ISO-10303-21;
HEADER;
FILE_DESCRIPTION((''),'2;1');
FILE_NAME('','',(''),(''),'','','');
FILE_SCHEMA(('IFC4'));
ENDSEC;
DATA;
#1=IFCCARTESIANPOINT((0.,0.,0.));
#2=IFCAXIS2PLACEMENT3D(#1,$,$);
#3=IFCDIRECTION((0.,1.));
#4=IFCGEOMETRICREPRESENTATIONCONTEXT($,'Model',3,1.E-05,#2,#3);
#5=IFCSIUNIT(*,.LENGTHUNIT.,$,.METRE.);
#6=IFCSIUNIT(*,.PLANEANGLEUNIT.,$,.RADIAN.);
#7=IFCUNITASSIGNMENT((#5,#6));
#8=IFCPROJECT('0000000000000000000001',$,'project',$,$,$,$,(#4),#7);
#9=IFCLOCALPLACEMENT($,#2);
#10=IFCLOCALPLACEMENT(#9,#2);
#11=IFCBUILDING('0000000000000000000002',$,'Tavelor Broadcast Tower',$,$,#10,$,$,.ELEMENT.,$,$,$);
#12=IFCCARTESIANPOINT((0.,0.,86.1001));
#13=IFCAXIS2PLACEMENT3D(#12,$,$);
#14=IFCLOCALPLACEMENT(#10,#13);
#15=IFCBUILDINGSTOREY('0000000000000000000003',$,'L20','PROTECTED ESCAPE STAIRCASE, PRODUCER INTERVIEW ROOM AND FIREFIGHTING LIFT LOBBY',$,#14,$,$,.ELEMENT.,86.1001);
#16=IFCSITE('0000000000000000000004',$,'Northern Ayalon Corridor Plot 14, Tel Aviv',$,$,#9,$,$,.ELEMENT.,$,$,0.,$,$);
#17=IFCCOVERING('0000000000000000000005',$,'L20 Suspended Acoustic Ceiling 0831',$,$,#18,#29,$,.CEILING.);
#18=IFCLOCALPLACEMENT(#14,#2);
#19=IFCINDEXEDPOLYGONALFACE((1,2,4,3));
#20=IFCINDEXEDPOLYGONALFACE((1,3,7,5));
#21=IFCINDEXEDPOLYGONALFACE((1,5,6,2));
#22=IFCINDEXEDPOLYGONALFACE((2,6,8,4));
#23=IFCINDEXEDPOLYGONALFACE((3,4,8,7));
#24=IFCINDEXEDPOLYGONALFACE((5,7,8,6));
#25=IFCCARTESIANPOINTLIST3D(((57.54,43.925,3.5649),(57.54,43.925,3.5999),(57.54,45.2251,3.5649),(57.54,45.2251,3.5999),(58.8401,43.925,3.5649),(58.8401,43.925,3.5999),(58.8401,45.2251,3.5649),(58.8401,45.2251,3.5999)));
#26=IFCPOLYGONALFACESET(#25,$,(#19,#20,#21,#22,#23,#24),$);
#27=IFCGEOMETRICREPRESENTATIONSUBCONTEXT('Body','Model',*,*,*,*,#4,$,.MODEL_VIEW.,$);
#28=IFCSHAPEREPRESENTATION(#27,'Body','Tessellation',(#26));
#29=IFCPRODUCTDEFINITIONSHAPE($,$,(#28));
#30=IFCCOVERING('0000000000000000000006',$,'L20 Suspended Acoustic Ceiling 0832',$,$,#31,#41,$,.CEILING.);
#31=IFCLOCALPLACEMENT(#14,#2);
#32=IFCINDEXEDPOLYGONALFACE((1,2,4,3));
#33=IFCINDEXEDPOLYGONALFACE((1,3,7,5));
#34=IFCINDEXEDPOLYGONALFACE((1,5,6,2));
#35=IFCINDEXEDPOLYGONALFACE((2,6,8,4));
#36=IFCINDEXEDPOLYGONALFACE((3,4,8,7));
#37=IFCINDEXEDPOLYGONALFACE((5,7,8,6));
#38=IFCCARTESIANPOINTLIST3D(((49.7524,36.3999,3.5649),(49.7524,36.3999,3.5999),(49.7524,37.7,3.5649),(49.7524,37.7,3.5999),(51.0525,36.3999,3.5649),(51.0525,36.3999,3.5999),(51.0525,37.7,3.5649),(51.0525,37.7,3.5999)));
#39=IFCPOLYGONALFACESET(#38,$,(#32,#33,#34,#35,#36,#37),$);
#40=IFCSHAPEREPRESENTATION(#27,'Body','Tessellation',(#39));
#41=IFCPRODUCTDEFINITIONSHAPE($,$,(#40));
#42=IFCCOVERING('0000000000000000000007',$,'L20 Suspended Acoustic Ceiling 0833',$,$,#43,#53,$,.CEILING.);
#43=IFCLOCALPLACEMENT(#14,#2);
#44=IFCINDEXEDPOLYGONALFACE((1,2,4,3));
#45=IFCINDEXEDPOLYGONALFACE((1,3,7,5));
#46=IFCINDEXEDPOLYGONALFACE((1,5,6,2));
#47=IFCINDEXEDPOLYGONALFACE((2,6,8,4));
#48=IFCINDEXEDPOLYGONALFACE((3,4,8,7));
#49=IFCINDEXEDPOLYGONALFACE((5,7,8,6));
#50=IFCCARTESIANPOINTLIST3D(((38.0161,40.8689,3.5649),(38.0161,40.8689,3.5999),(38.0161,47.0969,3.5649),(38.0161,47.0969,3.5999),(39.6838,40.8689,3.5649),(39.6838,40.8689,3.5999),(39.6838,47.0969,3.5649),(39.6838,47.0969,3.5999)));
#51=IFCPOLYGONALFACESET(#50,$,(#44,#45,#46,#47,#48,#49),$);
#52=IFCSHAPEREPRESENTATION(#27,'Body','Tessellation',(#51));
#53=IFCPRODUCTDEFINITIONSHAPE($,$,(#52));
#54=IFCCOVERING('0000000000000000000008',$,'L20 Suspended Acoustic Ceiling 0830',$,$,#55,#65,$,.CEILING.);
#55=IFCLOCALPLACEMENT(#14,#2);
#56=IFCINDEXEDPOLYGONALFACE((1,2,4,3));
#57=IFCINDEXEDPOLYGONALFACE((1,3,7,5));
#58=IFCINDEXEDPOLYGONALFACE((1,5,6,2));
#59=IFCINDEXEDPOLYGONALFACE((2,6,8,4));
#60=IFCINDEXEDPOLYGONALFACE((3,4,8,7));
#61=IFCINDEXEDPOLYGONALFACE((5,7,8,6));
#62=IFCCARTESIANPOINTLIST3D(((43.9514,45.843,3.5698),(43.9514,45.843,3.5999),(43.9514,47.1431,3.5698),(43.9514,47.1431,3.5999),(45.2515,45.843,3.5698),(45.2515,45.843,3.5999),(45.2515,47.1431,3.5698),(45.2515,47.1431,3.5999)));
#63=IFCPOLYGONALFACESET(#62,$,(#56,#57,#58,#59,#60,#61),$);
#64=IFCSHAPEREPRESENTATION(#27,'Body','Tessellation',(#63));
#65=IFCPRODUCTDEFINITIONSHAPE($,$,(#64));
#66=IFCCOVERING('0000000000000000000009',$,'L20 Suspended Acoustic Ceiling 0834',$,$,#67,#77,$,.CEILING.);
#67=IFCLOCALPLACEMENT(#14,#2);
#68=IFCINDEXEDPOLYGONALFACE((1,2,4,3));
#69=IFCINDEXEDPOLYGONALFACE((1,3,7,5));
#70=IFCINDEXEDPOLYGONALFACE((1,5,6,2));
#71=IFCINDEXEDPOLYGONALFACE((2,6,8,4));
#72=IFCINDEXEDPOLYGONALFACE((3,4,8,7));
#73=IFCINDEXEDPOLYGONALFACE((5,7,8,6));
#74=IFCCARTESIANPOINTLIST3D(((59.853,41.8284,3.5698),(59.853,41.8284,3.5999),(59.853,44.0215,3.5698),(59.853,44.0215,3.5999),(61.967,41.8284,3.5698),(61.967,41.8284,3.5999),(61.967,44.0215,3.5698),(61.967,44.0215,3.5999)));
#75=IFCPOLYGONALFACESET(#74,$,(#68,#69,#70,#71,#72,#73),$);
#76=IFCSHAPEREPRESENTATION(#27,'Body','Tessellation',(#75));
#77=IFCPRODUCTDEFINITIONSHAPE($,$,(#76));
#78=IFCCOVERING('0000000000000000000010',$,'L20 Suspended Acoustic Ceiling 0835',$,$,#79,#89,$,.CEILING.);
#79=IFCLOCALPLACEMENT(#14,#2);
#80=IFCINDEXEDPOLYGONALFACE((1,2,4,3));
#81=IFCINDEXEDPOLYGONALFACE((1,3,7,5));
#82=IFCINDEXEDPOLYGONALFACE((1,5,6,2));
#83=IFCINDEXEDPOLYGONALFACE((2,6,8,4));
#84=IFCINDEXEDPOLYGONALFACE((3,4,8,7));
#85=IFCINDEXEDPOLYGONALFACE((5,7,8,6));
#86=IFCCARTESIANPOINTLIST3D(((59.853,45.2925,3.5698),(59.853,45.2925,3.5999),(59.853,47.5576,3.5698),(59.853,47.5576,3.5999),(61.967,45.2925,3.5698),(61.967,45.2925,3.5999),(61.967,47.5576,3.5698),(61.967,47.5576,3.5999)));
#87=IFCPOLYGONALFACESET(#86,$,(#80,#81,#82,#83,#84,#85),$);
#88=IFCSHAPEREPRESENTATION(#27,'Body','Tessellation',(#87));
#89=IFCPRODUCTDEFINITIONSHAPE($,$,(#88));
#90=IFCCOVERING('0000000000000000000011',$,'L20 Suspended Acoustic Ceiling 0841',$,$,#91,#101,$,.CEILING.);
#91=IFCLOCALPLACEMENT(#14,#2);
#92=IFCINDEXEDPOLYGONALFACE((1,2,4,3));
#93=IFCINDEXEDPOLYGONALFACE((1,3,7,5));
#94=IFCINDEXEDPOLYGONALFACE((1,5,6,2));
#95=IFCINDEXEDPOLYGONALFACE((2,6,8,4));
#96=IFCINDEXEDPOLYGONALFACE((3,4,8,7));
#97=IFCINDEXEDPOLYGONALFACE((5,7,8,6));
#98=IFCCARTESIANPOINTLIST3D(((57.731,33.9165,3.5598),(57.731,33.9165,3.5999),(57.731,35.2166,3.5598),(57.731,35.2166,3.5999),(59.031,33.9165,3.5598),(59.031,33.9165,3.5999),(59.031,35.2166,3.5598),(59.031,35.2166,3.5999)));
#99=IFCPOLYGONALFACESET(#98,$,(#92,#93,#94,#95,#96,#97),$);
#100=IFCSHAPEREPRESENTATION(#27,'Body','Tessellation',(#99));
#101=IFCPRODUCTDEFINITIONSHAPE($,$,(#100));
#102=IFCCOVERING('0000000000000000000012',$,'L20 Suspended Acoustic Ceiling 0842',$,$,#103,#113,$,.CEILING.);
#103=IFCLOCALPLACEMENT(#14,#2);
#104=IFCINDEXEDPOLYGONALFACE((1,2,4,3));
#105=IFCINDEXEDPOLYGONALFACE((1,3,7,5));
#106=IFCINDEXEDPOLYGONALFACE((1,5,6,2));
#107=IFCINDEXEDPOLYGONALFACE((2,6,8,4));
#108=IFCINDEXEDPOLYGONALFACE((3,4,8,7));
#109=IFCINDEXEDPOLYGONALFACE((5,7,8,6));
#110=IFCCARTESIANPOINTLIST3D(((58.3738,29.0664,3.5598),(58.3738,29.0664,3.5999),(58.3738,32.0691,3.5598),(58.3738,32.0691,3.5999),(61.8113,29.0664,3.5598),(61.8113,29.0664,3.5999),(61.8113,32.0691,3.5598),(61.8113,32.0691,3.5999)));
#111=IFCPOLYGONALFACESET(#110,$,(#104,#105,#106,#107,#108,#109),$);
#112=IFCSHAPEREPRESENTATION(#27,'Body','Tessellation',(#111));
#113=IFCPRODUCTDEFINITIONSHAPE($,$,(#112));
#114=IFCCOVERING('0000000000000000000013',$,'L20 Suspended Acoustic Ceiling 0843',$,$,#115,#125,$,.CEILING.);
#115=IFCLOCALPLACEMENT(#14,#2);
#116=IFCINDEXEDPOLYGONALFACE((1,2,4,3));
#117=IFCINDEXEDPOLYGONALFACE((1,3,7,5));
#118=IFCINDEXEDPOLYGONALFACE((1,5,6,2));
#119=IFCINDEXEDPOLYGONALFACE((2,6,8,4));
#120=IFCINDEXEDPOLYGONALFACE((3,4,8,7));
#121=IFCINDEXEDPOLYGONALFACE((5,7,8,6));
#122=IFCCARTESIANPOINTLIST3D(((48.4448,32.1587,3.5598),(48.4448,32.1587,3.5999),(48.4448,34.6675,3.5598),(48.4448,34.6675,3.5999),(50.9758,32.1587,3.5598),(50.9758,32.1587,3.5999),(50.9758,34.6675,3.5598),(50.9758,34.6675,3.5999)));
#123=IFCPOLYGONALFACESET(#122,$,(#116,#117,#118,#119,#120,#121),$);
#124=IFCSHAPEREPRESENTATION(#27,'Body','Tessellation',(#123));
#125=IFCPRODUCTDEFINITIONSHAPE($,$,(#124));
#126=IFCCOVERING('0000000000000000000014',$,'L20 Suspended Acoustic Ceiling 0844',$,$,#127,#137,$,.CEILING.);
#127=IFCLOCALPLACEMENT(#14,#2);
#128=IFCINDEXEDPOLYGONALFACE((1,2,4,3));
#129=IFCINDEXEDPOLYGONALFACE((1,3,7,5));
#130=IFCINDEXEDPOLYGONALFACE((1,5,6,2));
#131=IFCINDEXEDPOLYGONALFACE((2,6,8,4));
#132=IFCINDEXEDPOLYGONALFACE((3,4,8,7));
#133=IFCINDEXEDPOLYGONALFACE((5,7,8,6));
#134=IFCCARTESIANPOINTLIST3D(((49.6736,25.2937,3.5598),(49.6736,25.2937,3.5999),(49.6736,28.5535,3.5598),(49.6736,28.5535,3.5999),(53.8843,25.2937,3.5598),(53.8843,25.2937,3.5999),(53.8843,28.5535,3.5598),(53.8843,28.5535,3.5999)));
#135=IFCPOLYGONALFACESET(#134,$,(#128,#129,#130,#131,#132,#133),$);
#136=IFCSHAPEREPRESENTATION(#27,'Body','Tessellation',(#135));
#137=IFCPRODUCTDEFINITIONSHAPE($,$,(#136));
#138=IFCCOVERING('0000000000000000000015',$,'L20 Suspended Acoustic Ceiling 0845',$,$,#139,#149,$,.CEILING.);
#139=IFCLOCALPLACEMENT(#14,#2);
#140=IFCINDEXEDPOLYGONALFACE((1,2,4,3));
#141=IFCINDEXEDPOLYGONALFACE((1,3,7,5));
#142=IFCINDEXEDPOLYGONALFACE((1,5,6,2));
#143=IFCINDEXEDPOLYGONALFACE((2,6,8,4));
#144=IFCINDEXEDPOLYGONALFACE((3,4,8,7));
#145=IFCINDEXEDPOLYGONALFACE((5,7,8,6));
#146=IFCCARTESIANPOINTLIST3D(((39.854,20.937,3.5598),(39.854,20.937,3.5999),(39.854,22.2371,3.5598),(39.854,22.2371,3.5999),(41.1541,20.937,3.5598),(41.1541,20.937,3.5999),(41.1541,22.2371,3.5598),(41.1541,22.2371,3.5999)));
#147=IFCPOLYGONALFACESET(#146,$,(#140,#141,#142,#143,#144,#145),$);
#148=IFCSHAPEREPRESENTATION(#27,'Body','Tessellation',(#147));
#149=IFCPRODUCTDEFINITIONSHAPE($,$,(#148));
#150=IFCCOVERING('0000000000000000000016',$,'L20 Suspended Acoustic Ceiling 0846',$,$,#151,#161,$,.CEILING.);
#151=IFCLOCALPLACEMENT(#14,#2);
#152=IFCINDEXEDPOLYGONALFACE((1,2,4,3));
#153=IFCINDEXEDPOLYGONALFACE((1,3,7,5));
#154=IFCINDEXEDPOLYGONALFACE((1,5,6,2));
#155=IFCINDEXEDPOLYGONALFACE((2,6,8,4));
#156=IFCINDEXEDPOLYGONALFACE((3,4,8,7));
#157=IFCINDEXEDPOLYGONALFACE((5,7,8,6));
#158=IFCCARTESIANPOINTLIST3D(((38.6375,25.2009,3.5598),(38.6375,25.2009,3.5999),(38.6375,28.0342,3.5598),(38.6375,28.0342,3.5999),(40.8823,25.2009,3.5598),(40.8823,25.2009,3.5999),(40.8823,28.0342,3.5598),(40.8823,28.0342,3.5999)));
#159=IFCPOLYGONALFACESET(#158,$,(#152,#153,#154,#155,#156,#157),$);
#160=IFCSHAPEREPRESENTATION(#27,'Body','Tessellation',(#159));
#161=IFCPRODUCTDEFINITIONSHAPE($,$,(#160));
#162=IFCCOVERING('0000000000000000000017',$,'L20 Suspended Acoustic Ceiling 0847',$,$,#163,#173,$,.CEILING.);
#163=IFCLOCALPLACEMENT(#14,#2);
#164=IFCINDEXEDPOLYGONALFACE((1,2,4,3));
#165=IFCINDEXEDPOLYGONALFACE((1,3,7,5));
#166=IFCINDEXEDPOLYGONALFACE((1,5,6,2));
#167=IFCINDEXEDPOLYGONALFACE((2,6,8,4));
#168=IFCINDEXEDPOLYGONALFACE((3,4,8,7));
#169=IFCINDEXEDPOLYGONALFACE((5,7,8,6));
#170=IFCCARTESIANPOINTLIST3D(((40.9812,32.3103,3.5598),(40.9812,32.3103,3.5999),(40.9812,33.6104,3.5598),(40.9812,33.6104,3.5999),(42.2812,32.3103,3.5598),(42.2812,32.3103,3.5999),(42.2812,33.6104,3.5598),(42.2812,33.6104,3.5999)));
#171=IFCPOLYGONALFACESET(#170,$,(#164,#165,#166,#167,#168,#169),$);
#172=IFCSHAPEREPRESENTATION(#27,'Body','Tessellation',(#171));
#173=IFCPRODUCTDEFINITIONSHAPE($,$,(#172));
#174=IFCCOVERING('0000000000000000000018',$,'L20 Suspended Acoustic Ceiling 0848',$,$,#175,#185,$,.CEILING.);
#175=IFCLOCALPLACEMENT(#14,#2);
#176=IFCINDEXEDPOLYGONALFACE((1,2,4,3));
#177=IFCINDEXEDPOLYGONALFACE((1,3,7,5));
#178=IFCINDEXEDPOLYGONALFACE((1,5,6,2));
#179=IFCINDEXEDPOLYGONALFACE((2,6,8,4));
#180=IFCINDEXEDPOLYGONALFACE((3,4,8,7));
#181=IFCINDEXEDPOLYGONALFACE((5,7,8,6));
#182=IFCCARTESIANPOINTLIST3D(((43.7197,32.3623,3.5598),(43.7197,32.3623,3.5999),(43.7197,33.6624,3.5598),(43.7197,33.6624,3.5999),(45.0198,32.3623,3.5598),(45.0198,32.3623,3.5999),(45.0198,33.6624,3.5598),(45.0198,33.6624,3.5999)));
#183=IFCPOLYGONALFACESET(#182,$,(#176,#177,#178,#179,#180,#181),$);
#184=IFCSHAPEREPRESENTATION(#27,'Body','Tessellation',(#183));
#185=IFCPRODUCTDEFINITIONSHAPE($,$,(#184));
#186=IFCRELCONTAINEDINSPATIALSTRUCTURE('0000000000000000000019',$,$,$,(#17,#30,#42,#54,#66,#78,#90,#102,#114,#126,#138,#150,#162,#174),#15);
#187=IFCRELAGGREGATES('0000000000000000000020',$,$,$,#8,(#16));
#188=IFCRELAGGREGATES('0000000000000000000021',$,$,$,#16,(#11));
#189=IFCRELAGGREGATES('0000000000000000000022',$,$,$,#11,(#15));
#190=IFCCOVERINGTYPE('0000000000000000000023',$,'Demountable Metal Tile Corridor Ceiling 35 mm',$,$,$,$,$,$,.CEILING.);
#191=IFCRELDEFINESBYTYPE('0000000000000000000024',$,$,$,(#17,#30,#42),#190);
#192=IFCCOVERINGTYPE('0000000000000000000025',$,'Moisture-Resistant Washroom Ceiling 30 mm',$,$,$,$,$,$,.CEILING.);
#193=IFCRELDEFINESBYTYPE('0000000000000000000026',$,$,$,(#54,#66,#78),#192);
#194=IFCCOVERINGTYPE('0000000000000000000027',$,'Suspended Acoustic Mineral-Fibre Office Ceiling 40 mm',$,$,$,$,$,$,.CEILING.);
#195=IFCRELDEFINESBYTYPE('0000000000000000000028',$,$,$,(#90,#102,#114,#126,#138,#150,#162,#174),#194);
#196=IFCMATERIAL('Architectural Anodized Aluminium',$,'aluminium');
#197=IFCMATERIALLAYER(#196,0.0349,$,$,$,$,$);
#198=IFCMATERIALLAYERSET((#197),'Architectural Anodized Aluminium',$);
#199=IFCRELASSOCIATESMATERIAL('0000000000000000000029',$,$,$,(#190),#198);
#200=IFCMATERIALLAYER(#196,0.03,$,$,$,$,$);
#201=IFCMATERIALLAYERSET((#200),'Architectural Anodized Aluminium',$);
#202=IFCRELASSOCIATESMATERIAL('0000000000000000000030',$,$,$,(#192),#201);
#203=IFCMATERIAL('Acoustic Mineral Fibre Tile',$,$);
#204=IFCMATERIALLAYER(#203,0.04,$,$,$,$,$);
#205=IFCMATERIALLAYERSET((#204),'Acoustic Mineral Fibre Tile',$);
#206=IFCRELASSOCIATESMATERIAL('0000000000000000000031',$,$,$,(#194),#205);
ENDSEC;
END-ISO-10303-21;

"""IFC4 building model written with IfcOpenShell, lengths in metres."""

from ifc_helpers import new_model, si_unit, direction, frame, origin, place, context, subcontext, project, spatial, polyline, outline, extrude, material, layer, layer_set, type_object, element, save


model = new_model("IFC4")

# Units and contexts
model_context = context("Model", 3, precision=1e-05, world=origin(), true_north=direction((0.0, 1.0)))
body_context = subcontext(model_context, "Body", "Model", "MODEL_VIEW")
ifc_project = project(units=[si_unit("LENGTHUNIT", "METRE"), si_unit("PLANEANGLEUNIT", "RADIAN")], contexts=[model_context])

# Site, building, storey
site_placement = place(None, origin())
site = spatial("IfcSite", under=ifc_project, at=site_placement, Name="Northern Ayalon Corridor Plot 14, Tel Aviv", CompositionType="ELEMENT", RefElevation=0.0)
building_placement = place(site_placement, origin())
building = spatial("IfcBuilding", under=site, at=building_placement, Name="Tavelor Broadcast Tower", CompositionType="ELEMENT")
storey_placement = place(building_placement, frame((0.0, 0.0, 86.1001)))
storey = spatial("IfcBuildingStorey", under=building, at=storey_placement, Name="L20", Description="PROTECTED ESCAPE STAIRCASE, PRODUCER INTERVIEW ROOM AND FIREFIGHTING LIFT LOBBY", CompositionType="ELEMENT", Elevation=86.1001)

# Coverings
ifc_material_1 = material(Name="Architectural Anodized Aluminium", Category="aluminium")
ifc_layer_1 = layer(ifc_material_1, 0.0349)
ifc_layer_set_1 = layer_set([ifc_layer_1], Name="Architectural Anodized Aluminium")
covering_type_1 = type_object("IfcCoveringType", Name="Demountable Metal Tile Corridor Ceiling 35 mm", PredefinedType="CEILING", material=ifc_layer_set_1)
covering_1_placement = place(storey_placement, frame((0.0, 0.0, 3.5649)))
element("IfcCovering", 1, at=covering_1_placement, inside=storey, type_object=covering_type_1, Name="L20 Suspended Acoustic Ceiling 0831", PredefinedType="CEILING", context=body_context, shape_type="SweptSolid", body=[
    extrude(outline(polyline([(57.54, 43.925), (58.8401, 43.925), (58.8401, 45.2251), (57.54, 45.2251), (57.54, 43.925)])), origin(), (0.0, 0.0, 1.0), 0.0349),
])
covering_2_placement = place(storey_placement, frame((0.0, 0.0, 3.5649)))
element("IfcCovering", 2, at=covering_2_placement, inside=storey, type_object=covering_type_1, Name="L20 Suspended Acoustic Ceiling 0832", PredefinedType="CEILING", context=body_context, shape_type="SweptSolid", body=[
    extrude(outline(polyline([(49.7524, 36.3999), (51.0525, 36.3999), (51.0525, 37.7), (49.7524, 37.7), (49.7524, 36.3999)])), origin(), (0.0, 0.0, 1.0), 0.0349),
])
covering_3_placement = place(storey_placement, frame((0.0, 0.0, 3.5649)))
element("IfcCovering", 3, at=covering_3_placement, inside=storey, type_object=covering_type_1, Name="L20 Suspended Acoustic Ceiling 0833", PredefinedType="CEILING", context=body_context, shape_type="SweptSolid", body=[
    extrude(outline(polyline([(38.0161, 40.8689), (39.6838, 40.8689), (39.6838, 47.0969), (38.0161, 47.0969), (38.0161, 40.8689)])), origin(), (0.0, 0.0, 1.0), 0.0349),
])
ifc_layer_2 = layer(ifc_material_1, 0.03)
ifc_layer_set_2 = layer_set([ifc_layer_2], Name="Architectural Anodized Aluminium")
covering_type_2 = type_object("IfcCoveringType", Name="Moisture-Resistant Washroom Ceiling 30 mm", PredefinedType="CEILING", material=ifc_layer_set_2)
covering_4_placement = place(storey_placement, frame((0.0, 0.0, 3.5698)))
element("IfcCovering", 4, at=covering_4_placement, inside=storey, type_object=covering_type_2, Name="L20 Suspended Acoustic Ceiling 0830", PredefinedType="CEILING", context=body_context, shape_type="SweptSolid", body=[
    extrude(outline(polyline([(43.9514, 45.843), (45.2515, 45.843), (45.2515, 47.1431), (43.9514, 47.1431), (43.9514, 45.843)])), origin(), (0.0, 0.0, 1.0), 0.03),
])
covering_5_placement = place(storey_placement, frame((0.0, 0.0, 3.5698)))
element("IfcCovering", 5, at=covering_5_placement, inside=storey, type_object=covering_type_2, Name="L20 Suspended Acoustic Ceiling 0834", PredefinedType="CEILING", context=body_context, shape_type="SweptSolid", body=[
    extrude(outline(polyline([(59.853, 41.8284), (61.967, 41.8284), (61.967, 44.0215), (59.853, 44.0215), (59.853, 41.8284)])), origin(), (0.0, 0.0, 1.0), 0.03),
])
covering_6_placement = place(storey_placement, frame((0.0, 0.0, 3.5698)))
element("IfcCovering", 6, at=covering_6_placement, inside=storey, type_object=covering_type_2, Name="L20 Suspended Acoustic Ceiling 0835", PredefinedType="CEILING", context=body_context, shape_type="SweptSolid", body=[
    extrude(outline(polyline([(59.853, 45.2925), (61.967, 45.2925), (61.967, 47.5576), (59.853, 47.5576), (59.853, 45.2925)])), origin(), (0.0, 0.0, 1.0), 0.03),
])
ifc_material_2 = material(Name="Acoustic Mineral Fibre Tile")
ifc_layer_3 = layer(ifc_material_2, 0.04)
ifc_layer_set_3 = layer_set([ifc_layer_3], Name="Acoustic Mineral Fibre Tile")
covering_type_3 = type_object("IfcCoveringType", Name="Suspended Acoustic Mineral-Fibre Office Ceiling 40 mm", PredefinedType="CEILING", material=ifc_layer_set_3)
covering_7_placement = place(storey_placement, frame((0.0, 0.0, 3.5598)))
element("IfcCovering", 7, at=covering_7_placement, inside=storey, type_object=covering_type_3, Name="L20 Suspended Acoustic Ceiling 0841", PredefinedType="CEILING", context=body_context, shape_type="SweptSolid", body=[
    extrude(outline(polyline([(57.731, 33.9165), (59.031, 33.9165), (59.031, 35.2166), (57.731, 35.2166), (57.731, 33.9165)])), origin(), (0.0, 0.0, 1.0), 0.04),
])
covering_8_placement = place(storey_placement, frame((0.0, 0.0, 3.5598)))
element("IfcCovering", 8, at=covering_8_placement, inside=storey, type_object=covering_type_3, Name="L20 Suspended Acoustic Ceiling 0842", PredefinedType="CEILING", context=body_context, shape_type="SweptSolid", body=[
    extrude(outline(polyline([(58.3738, 29.0664), (61.8113, 29.0664), (61.8113, 32.0691), (58.3738, 32.0691), (58.3738, 29.0664)])), origin(), (0.0, 0.0, 1.0), 0.04),
])
covering_9_placement = place(storey_placement, frame((0.0, 0.0, 3.5598)))
element("IfcCovering", 9, at=covering_9_placement, inside=storey, type_object=covering_type_3, Name="L20 Suspended Acoustic Ceiling 0843", PredefinedType="CEILING", context=body_context, shape_type="SweptSolid", body=[
    extrude(outline(polyline([(48.4448, 32.1587), (50.9758, 32.1587), (50.9758, 34.6675), (48.4448, 34.6675), (48.4448, 32.1587)])), origin(), (0.0, 0.0, 1.0), 0.04),
])
covering_10_placement = place(storey_placement, frame((0.0, 0.0, 3.5598)))
element("IfcCovering", 10, at=covering_10_placement, inside=storey, type_object=covering_type_3, Name="L20 Suspended Acoustic Ceiling 0844", PredefinedType="CEILING", context=body_context, shape_type="SweptSolid", body=[
    extrude(outline(polyline([(49.6736, 25.2937), (53.8843, 25.2937), (53.8843, 28.5535), (49.6736, 28.5535), (49.6736, 25.2937)])), origin(), (0.0, 0.0, 1.0), 0.04),
])
covering_11_placement = place(storey_placement, frame((0.0, 0.0, 3.5598)))
element("IfcCovering", 11, at=covering_11_placement, inside=storey, type_object=covering_type_3, Name="L20 Suspended Acoustic Ceiling 0845", PredefinedType="CEILING", context=body_context, shape_type="SweptSolid", body=[
    extrude(outline(polyline([(39.854, 20.937), (41.1541, 20.937), (41.1541, 22.2371), (39.854, 22.2371), (39.854, 20.937)])), origin(), (0.0, 0.0, 1.0), 0.04),
])
covering_12_placement = place(storey_placement, frame((0.0, 0.0, 3.5598)))
element("IfcCovering", 12, at=covering_12_placement, inside=storey, type_object=covering_type_3, Name="L20 Suspended Acoustic Ceiling 0846", PredefinedType="CEILING", context=body_context, shape_type="SweptSolid", body=[
    extrude(outline(polyline([(38.6375, 25.2009), (40.8823, 25.2009), (40.8823, 28.0342), (38.6375, 28.0342), (38.6375, 25.2009)])), origin(), (0.0, 0.0, 1.0), 0.04),
])
covering_13_placement = place(storey_placement, frame((0.0, 0.0, 3.5598)))
element("IfcCovering", 13, at=covering_13_placement, inside=storey, type_object=covering_type_3, Name="L20 Suspended Acoustic Ceiling 0847", PredefinedType="CEILING", context=body_context, shape_type="SweptSolid", body=[
    extrude(outline(polyline([(40.9812, 32.3103), (42.2812, 32.3103), (42.2812, 33.6104), (40.9812, 33.6104), (40.9812, 32.3103)])), origin(), (0.0, 0.0, 1.0), 0.04),
])
covering_14_placement = place(storey_placement, frame((0.0, 0.0, 3.5598)))
element("IfcCovering", 14, at=covering_14_placement, inside=storey, type_object=covering_type_3, Name="L20 Suspended Acoustic Ceiling 0848", PredefinedType="CEILING", context=body_context, shape_type="SweptSolid", body=[
    extrude(outline(polyline([(43.7197, 32.3623), (45.0198, 32.3623), (45.0198, 33.6624), (43.7197, 33.6624), (43.7197, 32.3623)])), origin(), (0.0, 0.0, 1.0), 0.04),
])

save(model, "model.ifc")
